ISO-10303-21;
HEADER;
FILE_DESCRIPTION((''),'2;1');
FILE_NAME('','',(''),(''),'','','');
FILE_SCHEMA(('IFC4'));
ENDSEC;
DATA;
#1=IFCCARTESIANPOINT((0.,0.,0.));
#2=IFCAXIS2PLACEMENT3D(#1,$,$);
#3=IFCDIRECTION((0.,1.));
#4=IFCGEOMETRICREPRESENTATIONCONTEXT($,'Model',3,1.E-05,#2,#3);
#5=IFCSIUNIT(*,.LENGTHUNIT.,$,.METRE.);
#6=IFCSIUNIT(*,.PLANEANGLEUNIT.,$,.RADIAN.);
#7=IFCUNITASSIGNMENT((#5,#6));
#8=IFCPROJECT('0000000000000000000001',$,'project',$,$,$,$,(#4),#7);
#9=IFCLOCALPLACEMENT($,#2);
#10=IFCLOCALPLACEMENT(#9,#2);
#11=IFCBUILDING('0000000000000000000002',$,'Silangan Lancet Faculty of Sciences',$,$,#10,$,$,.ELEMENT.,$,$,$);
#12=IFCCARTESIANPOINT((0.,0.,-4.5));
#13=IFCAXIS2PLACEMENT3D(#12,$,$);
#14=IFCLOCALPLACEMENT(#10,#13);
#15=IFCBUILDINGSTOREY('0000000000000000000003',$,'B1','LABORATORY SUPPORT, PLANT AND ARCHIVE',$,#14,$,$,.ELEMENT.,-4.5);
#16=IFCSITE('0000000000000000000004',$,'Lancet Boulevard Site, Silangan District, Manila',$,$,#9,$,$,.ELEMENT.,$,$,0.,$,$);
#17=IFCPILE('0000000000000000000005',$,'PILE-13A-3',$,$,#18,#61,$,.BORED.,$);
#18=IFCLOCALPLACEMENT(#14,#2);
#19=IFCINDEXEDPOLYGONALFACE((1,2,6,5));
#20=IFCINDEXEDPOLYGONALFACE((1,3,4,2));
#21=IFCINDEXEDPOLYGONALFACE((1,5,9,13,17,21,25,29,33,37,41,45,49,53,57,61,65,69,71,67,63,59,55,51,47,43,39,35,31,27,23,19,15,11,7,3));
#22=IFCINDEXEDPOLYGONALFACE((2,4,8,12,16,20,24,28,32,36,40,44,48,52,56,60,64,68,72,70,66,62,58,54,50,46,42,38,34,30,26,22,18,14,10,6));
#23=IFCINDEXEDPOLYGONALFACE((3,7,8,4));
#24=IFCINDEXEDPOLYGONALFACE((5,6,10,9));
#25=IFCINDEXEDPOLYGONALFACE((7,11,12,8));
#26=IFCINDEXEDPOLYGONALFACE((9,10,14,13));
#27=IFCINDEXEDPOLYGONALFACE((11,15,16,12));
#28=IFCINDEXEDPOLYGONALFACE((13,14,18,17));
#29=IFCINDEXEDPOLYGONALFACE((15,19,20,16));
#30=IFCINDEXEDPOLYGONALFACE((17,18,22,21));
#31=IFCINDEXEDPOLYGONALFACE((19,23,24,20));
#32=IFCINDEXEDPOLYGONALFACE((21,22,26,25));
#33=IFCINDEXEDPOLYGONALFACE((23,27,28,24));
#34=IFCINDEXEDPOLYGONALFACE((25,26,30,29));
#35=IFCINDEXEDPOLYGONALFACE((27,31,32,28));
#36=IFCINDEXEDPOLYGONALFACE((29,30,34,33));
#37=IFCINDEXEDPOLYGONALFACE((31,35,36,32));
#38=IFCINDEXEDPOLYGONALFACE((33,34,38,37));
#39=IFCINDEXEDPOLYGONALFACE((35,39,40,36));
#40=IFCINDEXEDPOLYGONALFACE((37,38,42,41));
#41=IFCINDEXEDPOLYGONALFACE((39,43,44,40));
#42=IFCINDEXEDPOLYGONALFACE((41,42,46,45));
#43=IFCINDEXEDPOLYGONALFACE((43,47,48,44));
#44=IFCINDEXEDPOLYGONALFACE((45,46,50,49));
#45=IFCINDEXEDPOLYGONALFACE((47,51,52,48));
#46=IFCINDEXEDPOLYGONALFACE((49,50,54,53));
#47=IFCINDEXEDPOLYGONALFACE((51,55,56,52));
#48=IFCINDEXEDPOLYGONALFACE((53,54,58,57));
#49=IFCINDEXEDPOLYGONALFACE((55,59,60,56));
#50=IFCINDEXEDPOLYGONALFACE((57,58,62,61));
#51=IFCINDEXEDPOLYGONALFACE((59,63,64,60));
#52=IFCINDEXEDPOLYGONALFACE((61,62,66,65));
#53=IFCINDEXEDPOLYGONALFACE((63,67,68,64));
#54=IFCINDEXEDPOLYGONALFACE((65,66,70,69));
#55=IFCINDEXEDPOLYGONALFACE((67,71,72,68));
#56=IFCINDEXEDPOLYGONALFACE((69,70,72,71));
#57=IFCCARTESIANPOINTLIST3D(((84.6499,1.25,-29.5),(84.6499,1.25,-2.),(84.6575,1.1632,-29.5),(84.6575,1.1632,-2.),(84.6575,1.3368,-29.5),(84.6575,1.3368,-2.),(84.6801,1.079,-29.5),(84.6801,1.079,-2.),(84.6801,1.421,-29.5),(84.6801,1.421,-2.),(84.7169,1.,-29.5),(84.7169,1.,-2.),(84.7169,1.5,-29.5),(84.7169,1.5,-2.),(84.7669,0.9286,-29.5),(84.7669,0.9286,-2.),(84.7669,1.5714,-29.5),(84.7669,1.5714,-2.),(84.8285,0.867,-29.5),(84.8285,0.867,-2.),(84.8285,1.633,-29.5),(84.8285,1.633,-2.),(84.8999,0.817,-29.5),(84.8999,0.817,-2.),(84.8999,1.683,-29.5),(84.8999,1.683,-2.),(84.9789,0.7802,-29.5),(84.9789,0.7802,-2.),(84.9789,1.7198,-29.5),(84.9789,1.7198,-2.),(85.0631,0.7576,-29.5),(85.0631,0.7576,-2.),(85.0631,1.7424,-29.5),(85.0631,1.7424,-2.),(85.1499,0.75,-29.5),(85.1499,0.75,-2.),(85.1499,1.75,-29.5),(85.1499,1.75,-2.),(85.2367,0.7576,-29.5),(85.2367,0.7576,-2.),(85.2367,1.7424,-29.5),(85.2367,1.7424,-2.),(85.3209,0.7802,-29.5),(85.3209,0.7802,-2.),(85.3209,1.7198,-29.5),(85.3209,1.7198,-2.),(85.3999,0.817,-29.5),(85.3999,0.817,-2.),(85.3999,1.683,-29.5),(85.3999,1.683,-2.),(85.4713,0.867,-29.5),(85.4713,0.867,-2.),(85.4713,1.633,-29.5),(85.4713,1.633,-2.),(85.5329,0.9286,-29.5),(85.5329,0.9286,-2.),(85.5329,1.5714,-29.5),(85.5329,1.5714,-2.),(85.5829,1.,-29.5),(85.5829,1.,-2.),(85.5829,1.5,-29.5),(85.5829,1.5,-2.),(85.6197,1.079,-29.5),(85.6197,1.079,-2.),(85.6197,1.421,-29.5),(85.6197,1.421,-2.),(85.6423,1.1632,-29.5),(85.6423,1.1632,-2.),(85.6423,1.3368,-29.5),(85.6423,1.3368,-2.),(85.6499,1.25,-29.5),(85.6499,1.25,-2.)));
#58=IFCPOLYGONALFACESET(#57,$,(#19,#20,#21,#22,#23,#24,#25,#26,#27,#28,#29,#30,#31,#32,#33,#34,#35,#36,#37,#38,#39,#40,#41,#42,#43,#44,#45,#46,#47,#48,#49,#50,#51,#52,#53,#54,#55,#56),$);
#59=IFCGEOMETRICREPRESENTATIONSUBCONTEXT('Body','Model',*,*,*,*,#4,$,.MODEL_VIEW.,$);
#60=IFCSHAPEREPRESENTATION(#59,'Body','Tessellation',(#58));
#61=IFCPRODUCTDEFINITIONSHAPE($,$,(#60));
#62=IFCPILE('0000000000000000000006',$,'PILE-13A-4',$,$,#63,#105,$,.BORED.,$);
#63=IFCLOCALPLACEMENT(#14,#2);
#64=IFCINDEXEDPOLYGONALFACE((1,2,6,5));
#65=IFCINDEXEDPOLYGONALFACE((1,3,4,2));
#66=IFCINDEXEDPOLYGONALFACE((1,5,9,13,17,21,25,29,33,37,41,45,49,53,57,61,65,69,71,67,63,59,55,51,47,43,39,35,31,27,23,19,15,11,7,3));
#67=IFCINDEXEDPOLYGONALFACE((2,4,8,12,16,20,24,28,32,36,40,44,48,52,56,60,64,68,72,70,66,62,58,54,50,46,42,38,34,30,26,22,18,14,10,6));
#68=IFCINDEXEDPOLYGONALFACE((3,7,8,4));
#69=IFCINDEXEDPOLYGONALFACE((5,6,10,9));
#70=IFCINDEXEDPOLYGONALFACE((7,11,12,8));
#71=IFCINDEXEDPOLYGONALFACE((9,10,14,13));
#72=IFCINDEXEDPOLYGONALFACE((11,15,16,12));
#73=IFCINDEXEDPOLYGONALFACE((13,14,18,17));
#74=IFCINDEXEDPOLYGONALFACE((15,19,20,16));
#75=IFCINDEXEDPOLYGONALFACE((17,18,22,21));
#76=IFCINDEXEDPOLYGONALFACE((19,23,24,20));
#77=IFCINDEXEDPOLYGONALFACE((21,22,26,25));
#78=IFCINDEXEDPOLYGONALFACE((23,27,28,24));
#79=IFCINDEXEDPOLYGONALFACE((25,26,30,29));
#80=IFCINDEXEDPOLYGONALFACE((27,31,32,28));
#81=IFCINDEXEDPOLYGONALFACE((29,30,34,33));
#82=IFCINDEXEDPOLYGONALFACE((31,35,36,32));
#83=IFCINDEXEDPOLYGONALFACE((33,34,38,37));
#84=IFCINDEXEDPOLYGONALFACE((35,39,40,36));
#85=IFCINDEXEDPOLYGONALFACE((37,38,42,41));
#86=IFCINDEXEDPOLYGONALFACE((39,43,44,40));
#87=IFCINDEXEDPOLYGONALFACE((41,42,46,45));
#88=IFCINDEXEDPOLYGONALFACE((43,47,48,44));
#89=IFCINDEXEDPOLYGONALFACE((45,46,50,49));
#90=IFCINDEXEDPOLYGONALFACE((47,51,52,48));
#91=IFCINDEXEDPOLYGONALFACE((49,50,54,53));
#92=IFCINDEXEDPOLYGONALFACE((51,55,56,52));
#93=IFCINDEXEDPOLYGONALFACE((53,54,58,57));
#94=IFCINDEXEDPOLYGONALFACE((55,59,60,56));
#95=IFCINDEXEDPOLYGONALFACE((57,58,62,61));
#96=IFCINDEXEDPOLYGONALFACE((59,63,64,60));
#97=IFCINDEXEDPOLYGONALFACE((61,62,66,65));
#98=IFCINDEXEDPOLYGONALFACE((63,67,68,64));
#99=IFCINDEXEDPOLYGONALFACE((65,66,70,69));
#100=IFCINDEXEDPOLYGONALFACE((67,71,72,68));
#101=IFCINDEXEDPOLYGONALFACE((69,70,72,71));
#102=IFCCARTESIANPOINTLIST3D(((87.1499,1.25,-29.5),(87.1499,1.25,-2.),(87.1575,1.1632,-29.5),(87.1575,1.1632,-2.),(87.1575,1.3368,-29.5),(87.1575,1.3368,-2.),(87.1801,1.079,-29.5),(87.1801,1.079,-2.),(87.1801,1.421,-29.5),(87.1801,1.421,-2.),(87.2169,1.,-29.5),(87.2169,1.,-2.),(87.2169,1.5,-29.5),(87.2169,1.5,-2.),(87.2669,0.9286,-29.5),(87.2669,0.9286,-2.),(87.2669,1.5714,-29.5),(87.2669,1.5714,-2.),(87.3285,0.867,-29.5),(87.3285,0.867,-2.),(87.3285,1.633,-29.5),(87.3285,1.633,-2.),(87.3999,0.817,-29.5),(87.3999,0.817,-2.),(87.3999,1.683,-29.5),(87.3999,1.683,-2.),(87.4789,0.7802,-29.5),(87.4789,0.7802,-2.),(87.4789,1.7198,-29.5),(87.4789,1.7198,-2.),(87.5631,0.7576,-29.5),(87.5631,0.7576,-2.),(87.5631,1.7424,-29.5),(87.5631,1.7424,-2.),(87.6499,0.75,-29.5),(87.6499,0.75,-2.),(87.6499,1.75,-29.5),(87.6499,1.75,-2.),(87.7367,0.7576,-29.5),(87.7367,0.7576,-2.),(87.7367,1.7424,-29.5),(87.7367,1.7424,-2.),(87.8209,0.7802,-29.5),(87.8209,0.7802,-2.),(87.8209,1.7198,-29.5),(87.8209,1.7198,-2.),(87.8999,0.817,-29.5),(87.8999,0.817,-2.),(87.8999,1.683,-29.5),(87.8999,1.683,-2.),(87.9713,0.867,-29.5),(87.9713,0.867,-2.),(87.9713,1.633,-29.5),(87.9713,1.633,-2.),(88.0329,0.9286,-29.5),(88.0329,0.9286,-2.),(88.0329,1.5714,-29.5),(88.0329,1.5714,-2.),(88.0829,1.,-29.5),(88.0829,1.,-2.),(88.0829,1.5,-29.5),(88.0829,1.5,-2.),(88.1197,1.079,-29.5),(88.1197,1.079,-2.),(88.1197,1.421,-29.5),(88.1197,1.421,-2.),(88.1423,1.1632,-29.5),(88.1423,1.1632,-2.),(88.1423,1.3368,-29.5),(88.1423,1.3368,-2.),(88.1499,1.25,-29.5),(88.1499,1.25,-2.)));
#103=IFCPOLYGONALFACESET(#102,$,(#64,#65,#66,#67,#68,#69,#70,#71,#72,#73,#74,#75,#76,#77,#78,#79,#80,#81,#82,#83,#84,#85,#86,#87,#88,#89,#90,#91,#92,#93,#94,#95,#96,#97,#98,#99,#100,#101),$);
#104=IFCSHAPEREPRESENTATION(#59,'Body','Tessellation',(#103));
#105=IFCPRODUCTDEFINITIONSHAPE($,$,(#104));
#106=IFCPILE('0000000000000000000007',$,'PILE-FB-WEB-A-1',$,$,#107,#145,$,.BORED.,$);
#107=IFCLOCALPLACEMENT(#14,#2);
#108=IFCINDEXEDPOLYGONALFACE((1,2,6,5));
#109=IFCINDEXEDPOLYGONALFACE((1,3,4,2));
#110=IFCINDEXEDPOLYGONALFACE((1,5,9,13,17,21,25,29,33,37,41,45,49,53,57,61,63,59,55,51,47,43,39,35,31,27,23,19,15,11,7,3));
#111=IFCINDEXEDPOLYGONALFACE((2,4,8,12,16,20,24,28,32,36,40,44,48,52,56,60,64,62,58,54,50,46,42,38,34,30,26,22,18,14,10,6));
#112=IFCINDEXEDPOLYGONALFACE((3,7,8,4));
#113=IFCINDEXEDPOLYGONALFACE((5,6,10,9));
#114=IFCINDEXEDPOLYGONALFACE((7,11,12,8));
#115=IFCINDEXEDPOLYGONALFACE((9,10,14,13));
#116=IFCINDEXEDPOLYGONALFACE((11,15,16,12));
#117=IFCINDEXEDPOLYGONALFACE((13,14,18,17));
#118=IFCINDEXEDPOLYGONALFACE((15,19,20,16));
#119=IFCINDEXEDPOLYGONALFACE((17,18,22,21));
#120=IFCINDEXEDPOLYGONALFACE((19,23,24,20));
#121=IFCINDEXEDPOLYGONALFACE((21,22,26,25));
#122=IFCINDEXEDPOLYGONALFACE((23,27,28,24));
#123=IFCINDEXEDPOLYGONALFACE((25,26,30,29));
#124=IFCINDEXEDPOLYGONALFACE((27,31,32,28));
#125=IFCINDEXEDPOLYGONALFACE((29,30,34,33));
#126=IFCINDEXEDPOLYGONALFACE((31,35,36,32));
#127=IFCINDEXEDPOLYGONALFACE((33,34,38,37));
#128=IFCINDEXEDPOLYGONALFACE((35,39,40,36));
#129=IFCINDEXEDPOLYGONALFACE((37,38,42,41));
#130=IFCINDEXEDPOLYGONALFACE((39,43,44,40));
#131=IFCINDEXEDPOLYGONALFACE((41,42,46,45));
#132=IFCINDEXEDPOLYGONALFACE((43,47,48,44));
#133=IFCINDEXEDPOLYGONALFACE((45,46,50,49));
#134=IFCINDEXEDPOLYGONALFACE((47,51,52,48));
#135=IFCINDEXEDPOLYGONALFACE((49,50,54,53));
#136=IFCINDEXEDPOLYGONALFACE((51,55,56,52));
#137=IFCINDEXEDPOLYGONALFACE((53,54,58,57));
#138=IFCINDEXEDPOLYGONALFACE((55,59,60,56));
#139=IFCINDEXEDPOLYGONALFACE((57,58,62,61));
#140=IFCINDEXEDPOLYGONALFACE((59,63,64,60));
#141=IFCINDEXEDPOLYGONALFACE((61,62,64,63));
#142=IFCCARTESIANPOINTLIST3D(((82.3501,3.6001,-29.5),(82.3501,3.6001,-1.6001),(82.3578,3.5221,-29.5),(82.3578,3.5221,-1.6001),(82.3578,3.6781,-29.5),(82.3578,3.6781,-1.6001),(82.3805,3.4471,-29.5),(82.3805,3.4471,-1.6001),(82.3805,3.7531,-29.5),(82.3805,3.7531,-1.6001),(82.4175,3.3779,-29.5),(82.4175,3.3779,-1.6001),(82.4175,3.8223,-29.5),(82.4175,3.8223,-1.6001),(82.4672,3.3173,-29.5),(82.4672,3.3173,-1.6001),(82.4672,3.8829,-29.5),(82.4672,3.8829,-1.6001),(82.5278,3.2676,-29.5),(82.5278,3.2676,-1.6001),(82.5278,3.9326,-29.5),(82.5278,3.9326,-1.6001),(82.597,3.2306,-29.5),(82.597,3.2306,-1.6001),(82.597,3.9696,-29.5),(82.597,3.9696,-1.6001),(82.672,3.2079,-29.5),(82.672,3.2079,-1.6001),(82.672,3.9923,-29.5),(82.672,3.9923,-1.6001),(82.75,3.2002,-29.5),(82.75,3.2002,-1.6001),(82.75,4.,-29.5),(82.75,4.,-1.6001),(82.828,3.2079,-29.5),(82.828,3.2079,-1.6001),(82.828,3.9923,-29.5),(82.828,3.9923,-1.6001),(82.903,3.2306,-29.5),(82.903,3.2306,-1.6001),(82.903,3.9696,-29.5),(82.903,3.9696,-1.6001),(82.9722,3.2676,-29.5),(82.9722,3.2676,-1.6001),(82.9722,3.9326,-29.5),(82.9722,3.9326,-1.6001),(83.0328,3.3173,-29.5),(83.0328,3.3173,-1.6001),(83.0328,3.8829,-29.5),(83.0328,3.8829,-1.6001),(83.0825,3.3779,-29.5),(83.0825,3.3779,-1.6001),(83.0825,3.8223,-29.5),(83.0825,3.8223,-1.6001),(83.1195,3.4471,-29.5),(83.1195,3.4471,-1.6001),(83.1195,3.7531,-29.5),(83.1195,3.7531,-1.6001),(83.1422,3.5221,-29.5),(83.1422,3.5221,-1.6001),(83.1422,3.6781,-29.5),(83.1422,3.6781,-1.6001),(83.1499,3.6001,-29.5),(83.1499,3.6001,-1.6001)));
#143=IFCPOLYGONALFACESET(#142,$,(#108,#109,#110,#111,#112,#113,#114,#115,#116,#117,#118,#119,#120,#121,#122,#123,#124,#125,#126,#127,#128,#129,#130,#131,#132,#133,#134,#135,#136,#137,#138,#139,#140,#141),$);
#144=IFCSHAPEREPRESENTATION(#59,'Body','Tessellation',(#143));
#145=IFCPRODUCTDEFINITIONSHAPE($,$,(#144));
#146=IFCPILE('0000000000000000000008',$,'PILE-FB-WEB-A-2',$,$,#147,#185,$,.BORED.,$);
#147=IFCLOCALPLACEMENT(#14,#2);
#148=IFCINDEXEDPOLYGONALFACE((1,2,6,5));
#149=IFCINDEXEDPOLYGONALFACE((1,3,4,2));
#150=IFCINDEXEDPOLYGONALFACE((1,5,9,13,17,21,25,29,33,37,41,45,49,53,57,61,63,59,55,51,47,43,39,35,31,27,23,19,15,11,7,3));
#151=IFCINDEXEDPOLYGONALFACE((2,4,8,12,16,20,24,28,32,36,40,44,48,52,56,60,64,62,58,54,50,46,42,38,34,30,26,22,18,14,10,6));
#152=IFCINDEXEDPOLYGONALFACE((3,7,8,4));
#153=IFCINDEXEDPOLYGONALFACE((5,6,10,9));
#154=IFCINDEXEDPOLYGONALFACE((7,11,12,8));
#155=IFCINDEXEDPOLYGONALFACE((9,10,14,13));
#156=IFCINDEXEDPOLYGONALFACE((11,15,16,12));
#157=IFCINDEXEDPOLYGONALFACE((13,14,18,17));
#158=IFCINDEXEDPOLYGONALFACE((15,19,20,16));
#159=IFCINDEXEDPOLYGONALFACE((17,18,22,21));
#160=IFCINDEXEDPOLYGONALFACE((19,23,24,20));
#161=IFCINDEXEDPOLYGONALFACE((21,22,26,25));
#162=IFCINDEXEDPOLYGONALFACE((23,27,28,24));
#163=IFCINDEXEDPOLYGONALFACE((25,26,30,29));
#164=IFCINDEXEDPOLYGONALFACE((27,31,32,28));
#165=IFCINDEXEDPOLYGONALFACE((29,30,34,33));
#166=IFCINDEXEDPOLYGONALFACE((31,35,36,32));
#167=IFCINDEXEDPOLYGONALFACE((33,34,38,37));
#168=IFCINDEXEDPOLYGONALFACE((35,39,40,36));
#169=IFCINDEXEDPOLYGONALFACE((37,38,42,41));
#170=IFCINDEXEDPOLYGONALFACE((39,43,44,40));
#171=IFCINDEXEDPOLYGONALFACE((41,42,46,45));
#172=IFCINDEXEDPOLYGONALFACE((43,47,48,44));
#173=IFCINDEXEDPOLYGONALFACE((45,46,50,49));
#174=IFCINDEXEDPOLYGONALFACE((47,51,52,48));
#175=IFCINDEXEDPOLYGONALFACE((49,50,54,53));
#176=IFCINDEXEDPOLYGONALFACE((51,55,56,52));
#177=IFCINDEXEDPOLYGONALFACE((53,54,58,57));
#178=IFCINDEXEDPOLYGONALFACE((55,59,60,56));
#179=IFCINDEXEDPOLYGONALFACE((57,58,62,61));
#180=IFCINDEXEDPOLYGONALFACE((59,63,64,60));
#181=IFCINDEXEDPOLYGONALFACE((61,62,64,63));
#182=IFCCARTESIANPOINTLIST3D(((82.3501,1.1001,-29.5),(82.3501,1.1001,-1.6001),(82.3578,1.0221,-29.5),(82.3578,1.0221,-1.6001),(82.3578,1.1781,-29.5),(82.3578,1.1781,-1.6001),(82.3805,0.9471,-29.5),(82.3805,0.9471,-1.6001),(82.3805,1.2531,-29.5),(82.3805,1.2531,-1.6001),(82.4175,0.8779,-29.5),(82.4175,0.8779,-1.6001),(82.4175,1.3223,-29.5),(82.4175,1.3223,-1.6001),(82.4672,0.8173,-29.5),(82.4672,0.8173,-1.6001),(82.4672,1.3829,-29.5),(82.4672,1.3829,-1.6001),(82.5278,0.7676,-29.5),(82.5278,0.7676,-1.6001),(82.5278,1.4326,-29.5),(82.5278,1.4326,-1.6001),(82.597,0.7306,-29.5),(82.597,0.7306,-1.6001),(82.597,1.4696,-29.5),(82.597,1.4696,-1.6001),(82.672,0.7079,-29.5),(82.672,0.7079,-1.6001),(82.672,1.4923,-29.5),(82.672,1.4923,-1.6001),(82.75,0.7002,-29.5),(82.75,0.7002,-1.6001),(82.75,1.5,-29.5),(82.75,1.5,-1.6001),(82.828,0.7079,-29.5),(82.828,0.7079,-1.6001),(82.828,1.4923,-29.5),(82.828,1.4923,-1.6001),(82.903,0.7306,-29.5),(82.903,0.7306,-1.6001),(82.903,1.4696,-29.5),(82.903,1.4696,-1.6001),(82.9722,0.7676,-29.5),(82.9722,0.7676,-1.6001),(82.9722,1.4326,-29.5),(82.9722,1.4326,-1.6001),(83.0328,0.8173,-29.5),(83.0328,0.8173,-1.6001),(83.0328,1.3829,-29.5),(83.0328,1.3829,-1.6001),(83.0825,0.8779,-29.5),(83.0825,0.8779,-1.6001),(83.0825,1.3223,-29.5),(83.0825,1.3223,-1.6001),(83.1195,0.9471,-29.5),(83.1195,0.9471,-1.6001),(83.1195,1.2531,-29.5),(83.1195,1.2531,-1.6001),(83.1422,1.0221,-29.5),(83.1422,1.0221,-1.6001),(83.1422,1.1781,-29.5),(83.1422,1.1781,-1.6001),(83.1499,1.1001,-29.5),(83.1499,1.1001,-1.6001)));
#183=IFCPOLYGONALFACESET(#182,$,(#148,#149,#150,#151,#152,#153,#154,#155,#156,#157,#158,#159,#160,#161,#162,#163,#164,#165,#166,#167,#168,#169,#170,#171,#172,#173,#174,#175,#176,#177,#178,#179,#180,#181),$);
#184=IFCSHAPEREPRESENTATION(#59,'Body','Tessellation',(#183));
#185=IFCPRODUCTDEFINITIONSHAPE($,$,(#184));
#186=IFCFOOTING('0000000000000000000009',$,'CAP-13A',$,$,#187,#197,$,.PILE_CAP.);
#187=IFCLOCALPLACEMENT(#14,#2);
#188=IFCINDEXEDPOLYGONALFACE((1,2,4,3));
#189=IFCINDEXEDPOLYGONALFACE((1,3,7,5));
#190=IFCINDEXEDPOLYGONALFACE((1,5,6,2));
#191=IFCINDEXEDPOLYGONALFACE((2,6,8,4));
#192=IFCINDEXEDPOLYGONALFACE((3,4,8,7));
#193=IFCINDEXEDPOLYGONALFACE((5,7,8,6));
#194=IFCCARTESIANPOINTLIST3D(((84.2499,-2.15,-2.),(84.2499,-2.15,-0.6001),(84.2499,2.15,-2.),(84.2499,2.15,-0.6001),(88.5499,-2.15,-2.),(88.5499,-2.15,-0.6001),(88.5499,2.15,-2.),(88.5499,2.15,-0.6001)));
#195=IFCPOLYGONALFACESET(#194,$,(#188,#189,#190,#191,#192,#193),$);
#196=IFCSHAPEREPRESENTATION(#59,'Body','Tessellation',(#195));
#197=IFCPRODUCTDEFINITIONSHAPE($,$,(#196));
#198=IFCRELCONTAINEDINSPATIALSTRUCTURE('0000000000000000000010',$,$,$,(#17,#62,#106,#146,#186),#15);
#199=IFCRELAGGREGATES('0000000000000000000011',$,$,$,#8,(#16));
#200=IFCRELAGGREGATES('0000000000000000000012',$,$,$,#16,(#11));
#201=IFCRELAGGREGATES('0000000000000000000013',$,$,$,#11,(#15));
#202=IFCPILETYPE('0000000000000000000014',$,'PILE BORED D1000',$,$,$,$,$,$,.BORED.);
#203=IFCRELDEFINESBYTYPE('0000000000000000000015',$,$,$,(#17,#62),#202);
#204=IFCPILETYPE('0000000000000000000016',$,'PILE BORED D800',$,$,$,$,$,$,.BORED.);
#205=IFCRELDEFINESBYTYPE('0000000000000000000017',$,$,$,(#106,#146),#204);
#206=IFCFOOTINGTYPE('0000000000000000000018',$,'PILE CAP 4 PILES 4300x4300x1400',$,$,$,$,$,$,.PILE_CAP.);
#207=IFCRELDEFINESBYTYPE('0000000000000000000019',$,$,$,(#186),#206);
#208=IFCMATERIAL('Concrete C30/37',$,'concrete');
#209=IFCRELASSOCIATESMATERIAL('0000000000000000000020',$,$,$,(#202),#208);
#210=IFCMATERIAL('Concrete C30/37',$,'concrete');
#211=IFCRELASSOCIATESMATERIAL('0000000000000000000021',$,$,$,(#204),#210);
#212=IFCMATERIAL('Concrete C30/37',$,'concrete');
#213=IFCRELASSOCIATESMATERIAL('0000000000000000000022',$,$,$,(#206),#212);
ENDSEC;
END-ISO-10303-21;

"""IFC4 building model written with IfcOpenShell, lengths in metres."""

from ifc_helpers import new_model, si_unit, direction, frame, origin, origin_2d, place, context, subcontext, project, spatial, rectangle, circle, extrude, material, material_profile, profile_set, type_object, element, save


model = new_model("IFC4")

# Units and contexts
model_context = context("Model", 3, precision=1e-05, world=origin(), true_north=direction((0.0, 1.0)))
body_context = subcontext(model_context, "Body", "Model", "MODEL_VIEW")
ifc_project = project(units=[si_unit("LENGTHUNIT", "METRE"), si_unit("PLANEANGLEUNIT", "RADIAN")], contexts=[model_context])

# Site, building, storey
site_placement = place(None, origin())
site = spatial("IfcSite", under=ifc_project, at=site_placement, Name="Lancet Boulevard Site, Silangan District, Manila", CompositionType="ELEMENT", RefElevation=0.0)
building_placement = place(site_placement, origin())
building = spatial("IfcBuilding", under=site, at=building_placement, Name="Silangan Lancet Faculty of Sciences", CompositionType="ELEMENT")
storey_placement = place(building_placement, frame((0.0, 0.0, -4.5)))
storey = spatial("IfcBuildingStorey", under=building, at=storey_placement, Name="B1", Description="LABORATORY SUPPORT, PLANT AND ARCHIVE", CompositionType="ELEMENT", Elevation=-4.5)

# Piles
ifc_material_1 = material(Name="Concrete C30/37", Category="concrete")
ifc_material_profile_1 = material_profile(ifc_material_1, circle(Radius=0.5, at=origin_2d()), Name="BORED PILE D1000")
ifc_profile_set_1 = profile_set([ifc_material_profile_1], Name="Concrete C30/37")
pile_type_1 = type_object("IfcPileType", Name="PILE BORED D1000", PredefinedType="BORED", material=ifc_profile_set_1)
for number, where, z_axis, x_axis, name in (
    (1, (85.1499, 1.25, -2.0), (0.0, 0.0, -1.0), (1.0, 0.0, 0.0), "PILE-13A-3"),
    (2, (87.6499, 1.25, -2.0), (0.0, 0.0, -1.0), (1.0, 0.0, 0.0), "PILE-13A-4"),
):
    element("IfcPile", number, at=place(storey_placement, frame(where, z_axis=z_axis, x_axis=x_axis)), inside=storey, type_object=pile_type_1, Name=name, PredefinedType="BORED", context=body_context, shape_type="SweptSolid", body=[
        extrude(circle(Radius=0.5, at=origin_2d()), origin(), (0.0, 0.0, 1.0), 27.5),
    ])
ifc_material_2 = material(Name="Concrete C30/37", Category="concrete")
ifc_material_profile_2 = material_profile(ifc_material_2, circle(Radius=0.3999, at=origin_2d()), Name="BORED PILE D800")
ifc_profile_set_2 = profile_set([ifc_material_profile_2], Name="Concrete C30/37")
pile_type_2 = type_object("IfcPileType", Name="PILE BORED D800", PredefinedType="BORED", material=ifc_profile_set_2)
for number, where, z_axis, x_axis, name in (
    (3, (82.75, 3.6001, -1.6001), (0.0, 0.0, -1.0), (1.0, 0.0, 0.0), "PILE-FB-WEB-A-1"),
    (4, (82.75, 1.1001, -1.6001), (0.0, 0.0, -1.0), (1.0, 0.0, 0.0), "PILE-FB-WEB-A-2"),
):
    element("IfcPile", number, at=place(storey_placement, frame(where, z_axis=z_axis, x_axis=x_axis)), inside=storey, type_object=pile_type_2, Name=name, PredefinedType="BORED", context=body_context, shape_type="SweptSolid", body=[
        extrude(circle(Radius=0.3999, at=origin_2d()), origin(), (0.0, 0.0, 1.0), 27.8999),
    ])

# Footing
ifc_material_3 = material(Name="Concrete C30/37", Category="concrete")
footing_type_1 = type_object("IfcFootingType", Name="PILE CAP 4 PILES 4300x4300x1400", PredefinedType="PILE_CAP", material=ifc_material_3)
footing_1_placement = place(storey_placement, frame((86.3999, 0.0, -2.0), z_axis=(0.0, 0.0, 1.0), x_axis=(1.0, 0.0, 0.0)))
element("IfcFooting", 5, at=footing_1_placement, inside=storey, type_object=footing_type_1, Name="CAP-13A", PredefinedType="PILE_CAP", context=body_context, shape_type="SweptSolid", body=[
    extrude(rectangle(XDim=4.3, YDim=4.3, at=origin_2d()), origin(), (0.0, 0.0, 1.0), 1.3999),
])

save(model, "model.ifc")
